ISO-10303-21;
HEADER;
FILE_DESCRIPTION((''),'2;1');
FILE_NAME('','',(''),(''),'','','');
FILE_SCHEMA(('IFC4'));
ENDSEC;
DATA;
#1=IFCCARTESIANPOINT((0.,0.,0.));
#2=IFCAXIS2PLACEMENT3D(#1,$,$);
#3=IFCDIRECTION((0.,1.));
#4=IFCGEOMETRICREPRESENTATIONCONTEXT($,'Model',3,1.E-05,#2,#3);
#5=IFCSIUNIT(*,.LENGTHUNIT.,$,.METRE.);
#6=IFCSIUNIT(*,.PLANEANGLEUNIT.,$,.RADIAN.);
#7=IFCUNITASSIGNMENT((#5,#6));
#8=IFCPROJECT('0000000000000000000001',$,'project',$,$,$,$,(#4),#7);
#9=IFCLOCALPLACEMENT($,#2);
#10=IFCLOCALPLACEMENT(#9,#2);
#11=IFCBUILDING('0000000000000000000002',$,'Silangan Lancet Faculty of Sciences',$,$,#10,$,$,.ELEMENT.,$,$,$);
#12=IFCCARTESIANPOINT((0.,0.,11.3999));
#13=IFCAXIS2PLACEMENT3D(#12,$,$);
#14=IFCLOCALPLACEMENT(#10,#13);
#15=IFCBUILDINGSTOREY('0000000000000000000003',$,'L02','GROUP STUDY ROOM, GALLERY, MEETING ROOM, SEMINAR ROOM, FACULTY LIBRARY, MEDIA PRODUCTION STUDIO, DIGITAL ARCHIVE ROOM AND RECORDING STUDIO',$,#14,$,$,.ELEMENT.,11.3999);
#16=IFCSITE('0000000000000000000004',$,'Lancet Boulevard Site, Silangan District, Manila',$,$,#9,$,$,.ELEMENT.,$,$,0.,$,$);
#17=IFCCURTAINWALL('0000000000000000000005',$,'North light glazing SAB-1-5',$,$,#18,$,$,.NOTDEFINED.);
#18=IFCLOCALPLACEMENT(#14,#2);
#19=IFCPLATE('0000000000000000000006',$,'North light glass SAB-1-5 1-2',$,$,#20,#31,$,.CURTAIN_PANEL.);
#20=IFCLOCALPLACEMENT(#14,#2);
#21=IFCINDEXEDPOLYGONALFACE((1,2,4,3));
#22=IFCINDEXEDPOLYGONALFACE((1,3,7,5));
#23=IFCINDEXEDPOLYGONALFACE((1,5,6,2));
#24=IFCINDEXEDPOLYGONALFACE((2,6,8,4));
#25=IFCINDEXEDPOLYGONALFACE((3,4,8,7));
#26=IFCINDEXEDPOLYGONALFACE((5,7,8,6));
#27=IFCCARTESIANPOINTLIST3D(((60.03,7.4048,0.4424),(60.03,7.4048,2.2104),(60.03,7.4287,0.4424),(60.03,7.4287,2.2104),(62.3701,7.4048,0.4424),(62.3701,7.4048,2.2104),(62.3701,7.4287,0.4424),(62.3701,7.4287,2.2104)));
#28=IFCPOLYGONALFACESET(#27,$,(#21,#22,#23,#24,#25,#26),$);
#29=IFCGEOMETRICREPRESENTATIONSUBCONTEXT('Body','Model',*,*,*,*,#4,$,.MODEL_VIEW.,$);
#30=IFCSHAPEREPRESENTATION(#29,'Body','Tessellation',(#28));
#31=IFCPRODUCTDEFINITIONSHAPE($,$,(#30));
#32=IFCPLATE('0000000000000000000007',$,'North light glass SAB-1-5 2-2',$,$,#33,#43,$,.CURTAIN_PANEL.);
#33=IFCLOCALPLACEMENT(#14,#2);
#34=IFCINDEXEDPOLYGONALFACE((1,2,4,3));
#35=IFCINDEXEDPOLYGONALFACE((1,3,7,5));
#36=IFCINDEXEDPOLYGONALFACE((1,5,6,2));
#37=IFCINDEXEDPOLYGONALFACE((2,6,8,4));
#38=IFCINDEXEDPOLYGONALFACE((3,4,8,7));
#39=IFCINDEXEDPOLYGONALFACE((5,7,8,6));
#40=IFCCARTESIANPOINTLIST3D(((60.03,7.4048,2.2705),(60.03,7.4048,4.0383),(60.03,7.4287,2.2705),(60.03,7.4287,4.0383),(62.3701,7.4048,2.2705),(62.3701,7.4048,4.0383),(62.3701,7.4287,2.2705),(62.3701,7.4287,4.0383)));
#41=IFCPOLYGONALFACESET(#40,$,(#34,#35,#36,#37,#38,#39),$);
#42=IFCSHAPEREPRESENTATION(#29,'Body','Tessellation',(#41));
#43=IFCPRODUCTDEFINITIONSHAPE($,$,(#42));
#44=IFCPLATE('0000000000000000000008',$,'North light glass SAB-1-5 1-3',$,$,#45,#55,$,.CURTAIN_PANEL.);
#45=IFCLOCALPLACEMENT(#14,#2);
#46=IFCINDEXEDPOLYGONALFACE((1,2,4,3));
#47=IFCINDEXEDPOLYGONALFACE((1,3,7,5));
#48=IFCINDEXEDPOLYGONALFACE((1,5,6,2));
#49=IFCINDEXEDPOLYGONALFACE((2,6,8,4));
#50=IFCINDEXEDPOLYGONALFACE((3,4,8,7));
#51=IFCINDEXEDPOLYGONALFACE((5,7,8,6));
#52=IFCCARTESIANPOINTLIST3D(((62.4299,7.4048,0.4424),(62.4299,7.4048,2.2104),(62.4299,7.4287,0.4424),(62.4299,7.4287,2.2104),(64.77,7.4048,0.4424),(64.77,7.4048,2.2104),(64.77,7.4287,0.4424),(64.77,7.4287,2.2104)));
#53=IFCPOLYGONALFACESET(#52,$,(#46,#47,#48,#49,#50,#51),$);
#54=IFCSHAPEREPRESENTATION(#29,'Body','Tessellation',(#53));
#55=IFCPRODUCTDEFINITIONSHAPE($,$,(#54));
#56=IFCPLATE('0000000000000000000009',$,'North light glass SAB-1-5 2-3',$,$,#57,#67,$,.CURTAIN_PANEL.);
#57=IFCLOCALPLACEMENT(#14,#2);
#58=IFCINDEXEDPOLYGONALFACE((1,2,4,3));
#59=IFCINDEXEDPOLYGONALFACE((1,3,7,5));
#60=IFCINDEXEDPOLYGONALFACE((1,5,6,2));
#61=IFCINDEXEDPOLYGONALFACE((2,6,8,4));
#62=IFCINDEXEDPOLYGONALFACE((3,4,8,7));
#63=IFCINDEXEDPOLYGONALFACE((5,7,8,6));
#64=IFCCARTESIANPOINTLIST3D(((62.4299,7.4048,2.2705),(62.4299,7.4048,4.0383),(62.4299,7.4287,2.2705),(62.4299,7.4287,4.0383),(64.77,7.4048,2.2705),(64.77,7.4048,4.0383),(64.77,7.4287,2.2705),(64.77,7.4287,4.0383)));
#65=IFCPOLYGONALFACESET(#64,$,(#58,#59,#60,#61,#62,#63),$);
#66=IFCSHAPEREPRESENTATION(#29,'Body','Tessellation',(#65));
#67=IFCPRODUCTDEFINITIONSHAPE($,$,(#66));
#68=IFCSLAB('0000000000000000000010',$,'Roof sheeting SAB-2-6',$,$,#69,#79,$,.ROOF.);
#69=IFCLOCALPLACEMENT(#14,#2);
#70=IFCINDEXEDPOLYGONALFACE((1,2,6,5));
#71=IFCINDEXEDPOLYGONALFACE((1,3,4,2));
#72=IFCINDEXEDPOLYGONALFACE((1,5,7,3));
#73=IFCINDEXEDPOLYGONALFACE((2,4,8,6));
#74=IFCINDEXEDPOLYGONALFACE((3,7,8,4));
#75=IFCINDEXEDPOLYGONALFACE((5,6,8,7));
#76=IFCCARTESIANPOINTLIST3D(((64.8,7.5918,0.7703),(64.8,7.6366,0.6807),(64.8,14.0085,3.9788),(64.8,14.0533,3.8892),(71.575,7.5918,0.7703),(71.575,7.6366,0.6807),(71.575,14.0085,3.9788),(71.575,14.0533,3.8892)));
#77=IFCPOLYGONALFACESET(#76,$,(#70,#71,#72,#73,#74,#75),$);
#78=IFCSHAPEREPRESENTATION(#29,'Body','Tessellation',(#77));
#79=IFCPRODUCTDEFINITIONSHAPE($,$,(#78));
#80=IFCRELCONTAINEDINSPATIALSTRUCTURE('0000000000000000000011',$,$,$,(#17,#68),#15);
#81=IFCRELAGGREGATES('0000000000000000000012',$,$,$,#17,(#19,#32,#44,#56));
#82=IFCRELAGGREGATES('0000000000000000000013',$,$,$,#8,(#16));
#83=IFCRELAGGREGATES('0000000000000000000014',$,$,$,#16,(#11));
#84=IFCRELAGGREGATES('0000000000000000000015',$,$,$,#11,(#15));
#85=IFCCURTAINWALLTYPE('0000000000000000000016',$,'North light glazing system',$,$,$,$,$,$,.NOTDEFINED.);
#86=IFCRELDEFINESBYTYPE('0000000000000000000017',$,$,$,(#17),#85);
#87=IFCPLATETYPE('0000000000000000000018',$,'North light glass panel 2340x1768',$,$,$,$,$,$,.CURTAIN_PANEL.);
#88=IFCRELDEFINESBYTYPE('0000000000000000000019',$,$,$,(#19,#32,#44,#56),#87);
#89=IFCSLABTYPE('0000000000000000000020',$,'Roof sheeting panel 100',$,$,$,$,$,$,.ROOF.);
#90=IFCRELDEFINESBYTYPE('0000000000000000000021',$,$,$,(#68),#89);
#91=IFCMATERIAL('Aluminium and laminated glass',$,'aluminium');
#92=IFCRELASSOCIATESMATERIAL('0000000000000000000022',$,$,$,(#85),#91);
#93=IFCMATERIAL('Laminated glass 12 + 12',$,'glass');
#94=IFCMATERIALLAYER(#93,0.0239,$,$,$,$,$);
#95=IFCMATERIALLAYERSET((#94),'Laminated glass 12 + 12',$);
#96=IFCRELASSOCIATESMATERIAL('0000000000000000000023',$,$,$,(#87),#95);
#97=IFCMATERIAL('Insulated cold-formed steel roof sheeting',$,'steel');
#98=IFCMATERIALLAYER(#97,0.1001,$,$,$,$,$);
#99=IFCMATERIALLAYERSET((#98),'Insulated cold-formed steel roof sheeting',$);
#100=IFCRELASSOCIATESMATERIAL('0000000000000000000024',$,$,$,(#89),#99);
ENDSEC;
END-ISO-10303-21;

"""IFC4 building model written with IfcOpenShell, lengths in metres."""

from ifc_helpers import new_model, si_unit, direction, frame, origin, place, context, subcontext, project, spatial, polyline, outline, extrude, material, layer, layer_set, type_object, element, aggregate, save


model = new_model("IFC4")

# Units and contexts
model_context = context("Model", 3, precision=1e-05, world=origin(), true_north=direction((0.0, 1.0)))
body_context = subcontext(model_context, "Body", "Model", "MODEL_VIEW")
ifc_project = project(units=[si_unit("LENGTHUNIT", "METRE"), si_unit("PLANEANGLEUNIT", "RADIAN")], contexts=[model_context])

# Site, building, storey
site_placement = place(None, origin())
site = spatial("IfcSite", under=ifc_project, at=site_placement, Name="Lancet Boulevard Site, Silangan District, Manila", CompositionType="ELEMENT", RefElevation=0.0)
building_placement = place(site_placement, origin())
building = spatial("IfcBuilding", under=site, at=building_placement, Name="Silangan Lancet Faculty of Sciences", CompositionType="ELEMENT")
storey_placement = place(building_placement, frame((0.0, 0.0, 11.3999)))
storey = spatial("IfcBuildingStorey", under=building, at=storey_placement, Name="L02", Description="GROUP STUDY ROOM, GALLERY, MEETING ROOM, SEMINAR ROOM, FACULTY LIBRARY, MEDIA PRODUCTION STUDIO, DIGITAL ARCHIVE ROOM AND RECORDING STUDIO", CompositionType="ELEMENT", Elevation=11.3999)

# Curtain wall
ifc_material_1 = material(Name="Aluminium and laminated glass", Category="aluminium")
curtain_wall_type = type_object("IfcCurtainWallType", Name="North light glazing system", PredefinedType="NOTDEFINED", material=ifc_material_1)
curtain_wall_1_placement = place(storey_placement, origin())
curtain_wall_1 = element("IfcCurtainWall", 1, at=curtain_wall_1_placement, inside=storey, type_object=curtain_wall_type, Name="North light glazing SAB-1-5", PredefinedType="NOTDEFINED")

# Plates
ifc_material_2 = material(Name="Laminated glass 12 + 12", Category="glass")
ifc_layer_1 = layer(ifc_material_2, 0.0239)
ifc_layer_set_1 = layer_set([ifc_layer_1], Name="Laminated glass 12 + 12")
plate_type = type_object("IfcPlateType", Name="North light glass panel 2340x1768", PredefinedType="CURTAIN_PANEL", material=ifc_layer_set_1)
plate_1_placement = place(storey_placement, frame((60.03, 7.4048, 0.4424), z_axis=(0.0, -1.0, 0.0), x_axis=(1.0, 0.0, 0.0)))
plate_1 = element("IfcPlate", 2, at=plate_1_placement, type_object=plate_type, Name="North light glass SAB-1-5 1-2", PredefinedType="CURTAIN_PANEL", context=body_context, shape_type="SweptSolid", body=[
    extrude(outline(polyline([(0.0, 0.0), (2.3401, 0.0), (2.3401, 1.7681), (0.0, 1.7681), (0.0, 0.0)])), origin(), (0.0, 0.0, -1.0), 0.0239),
])
plate_2_placement = place(storey_placement, frame((60.03, 7.4048, 2.2705), z_axis=(0.0, -1.0, 0.0), x_axis=(1.0, 0.0, 0.0)))
plate_2 = element("IfcPlate", 3, at=plate_2_placement, type_object=plate_type, Name="North light glass SAB-1-5 2-2", PredefinedType="CURTAIN_PANEL", context=body_context, shape_type="SweptSolid", body=[
    extrude(outline(polyline([(0.0, 0.0), (2.3401, 0.0), (2.3401, 1.7678), (0.0, 1.7678), (0.0, 0.0)])), origin(), (0.0, 0.0, -1.0), 0.0239),
])
plate_3_placement = place(storey_placement, frame((62.4299, 7.4048, 0.4424), z_axis=(0.0, -1.0, 0.0), x_axis=(1.0, 0.0, 0.0)))
plate_3 = element("IfcPlate", 4, at=plate_3_placement, type_object=plate_type, Name="North light glass SAB-1-5 1-3", PredefinedType="CURTAIN_PANEL", context=body_context, shape_type="SweptSolid", body=[
    extrude(outline(polyline([(0.0, 0.0), (2.3401, 0.0), (2.3401, 1.7681), (0.0, 1.7681), (0.0, 0.0)])), origin(), (0.0, 0.0, -1.0), 0.0239),
])
plate_4_placement = place(storey_placement, frame((62.4299, 7.4048, 2.2705), z_axis=(0.0, -1.0, 0.0), x_axis=(1.0, 0.0, 0.0)))
plate_4 = element("IfcPlate", 5, at=plate_4_placement, type_object=plate_type, Name="North light glass SAB-1-5 2-3", PredefinedType="CURTAIN_PANEL", context=body_context, shape_type="SweptSolid", body=[
    extrude(outline(polyline([(0.0, 0.0), (2.3401, 0.0), (2.3401, 1.7678), (0.0, 1.7678), (0.0, 0.0)])), origin(), (0.0, 0.0, -1.0), 0.0239),
])
aggregate(curtain_wall_1, [plate_1, plate_2, plate_3, plate_4])

# Slab
ifc_material_3 = material(Name="Insulated cold-formed steel roof sheeting", Category="steel")
ifc_layer_2 = layer(ifc_material_3, 0.1001)
ifc_layer_set_2 = layer_set([ifc_layer_2], Name="Insulated cold-formed steel roof sheeting")
slab_type = type_object("IfcSlabType", Name="Roof sheeting panel 100", PredefinedType="ROOF", material=ifc_layer_set_2)
slab_placement = place(storey_placement, frame((64.8, 7.5918, 0.7703), z_axis=(0.0, -0.447227, 0.89442), x_axis=(1.0, 0.0, 0.0)))
element("IfcSlab", 6, at=slab_placement, inside=storey, type_object=slab_type, Name="Roof sheeting SAB-2-6", PredefinedType="ROOF", context=body_context, shape_type="SweptSolid", body=[
    extrude(outline(polyline([(0.0, 0.0), (6.7749, 0.0), (6.7749, 7.1742), (0.0, 7.1742), (0.0, 0.0)])), origin(), (0.0, 0.0, -1.0), 0.1001),
])

save(model, "model.ifc")
